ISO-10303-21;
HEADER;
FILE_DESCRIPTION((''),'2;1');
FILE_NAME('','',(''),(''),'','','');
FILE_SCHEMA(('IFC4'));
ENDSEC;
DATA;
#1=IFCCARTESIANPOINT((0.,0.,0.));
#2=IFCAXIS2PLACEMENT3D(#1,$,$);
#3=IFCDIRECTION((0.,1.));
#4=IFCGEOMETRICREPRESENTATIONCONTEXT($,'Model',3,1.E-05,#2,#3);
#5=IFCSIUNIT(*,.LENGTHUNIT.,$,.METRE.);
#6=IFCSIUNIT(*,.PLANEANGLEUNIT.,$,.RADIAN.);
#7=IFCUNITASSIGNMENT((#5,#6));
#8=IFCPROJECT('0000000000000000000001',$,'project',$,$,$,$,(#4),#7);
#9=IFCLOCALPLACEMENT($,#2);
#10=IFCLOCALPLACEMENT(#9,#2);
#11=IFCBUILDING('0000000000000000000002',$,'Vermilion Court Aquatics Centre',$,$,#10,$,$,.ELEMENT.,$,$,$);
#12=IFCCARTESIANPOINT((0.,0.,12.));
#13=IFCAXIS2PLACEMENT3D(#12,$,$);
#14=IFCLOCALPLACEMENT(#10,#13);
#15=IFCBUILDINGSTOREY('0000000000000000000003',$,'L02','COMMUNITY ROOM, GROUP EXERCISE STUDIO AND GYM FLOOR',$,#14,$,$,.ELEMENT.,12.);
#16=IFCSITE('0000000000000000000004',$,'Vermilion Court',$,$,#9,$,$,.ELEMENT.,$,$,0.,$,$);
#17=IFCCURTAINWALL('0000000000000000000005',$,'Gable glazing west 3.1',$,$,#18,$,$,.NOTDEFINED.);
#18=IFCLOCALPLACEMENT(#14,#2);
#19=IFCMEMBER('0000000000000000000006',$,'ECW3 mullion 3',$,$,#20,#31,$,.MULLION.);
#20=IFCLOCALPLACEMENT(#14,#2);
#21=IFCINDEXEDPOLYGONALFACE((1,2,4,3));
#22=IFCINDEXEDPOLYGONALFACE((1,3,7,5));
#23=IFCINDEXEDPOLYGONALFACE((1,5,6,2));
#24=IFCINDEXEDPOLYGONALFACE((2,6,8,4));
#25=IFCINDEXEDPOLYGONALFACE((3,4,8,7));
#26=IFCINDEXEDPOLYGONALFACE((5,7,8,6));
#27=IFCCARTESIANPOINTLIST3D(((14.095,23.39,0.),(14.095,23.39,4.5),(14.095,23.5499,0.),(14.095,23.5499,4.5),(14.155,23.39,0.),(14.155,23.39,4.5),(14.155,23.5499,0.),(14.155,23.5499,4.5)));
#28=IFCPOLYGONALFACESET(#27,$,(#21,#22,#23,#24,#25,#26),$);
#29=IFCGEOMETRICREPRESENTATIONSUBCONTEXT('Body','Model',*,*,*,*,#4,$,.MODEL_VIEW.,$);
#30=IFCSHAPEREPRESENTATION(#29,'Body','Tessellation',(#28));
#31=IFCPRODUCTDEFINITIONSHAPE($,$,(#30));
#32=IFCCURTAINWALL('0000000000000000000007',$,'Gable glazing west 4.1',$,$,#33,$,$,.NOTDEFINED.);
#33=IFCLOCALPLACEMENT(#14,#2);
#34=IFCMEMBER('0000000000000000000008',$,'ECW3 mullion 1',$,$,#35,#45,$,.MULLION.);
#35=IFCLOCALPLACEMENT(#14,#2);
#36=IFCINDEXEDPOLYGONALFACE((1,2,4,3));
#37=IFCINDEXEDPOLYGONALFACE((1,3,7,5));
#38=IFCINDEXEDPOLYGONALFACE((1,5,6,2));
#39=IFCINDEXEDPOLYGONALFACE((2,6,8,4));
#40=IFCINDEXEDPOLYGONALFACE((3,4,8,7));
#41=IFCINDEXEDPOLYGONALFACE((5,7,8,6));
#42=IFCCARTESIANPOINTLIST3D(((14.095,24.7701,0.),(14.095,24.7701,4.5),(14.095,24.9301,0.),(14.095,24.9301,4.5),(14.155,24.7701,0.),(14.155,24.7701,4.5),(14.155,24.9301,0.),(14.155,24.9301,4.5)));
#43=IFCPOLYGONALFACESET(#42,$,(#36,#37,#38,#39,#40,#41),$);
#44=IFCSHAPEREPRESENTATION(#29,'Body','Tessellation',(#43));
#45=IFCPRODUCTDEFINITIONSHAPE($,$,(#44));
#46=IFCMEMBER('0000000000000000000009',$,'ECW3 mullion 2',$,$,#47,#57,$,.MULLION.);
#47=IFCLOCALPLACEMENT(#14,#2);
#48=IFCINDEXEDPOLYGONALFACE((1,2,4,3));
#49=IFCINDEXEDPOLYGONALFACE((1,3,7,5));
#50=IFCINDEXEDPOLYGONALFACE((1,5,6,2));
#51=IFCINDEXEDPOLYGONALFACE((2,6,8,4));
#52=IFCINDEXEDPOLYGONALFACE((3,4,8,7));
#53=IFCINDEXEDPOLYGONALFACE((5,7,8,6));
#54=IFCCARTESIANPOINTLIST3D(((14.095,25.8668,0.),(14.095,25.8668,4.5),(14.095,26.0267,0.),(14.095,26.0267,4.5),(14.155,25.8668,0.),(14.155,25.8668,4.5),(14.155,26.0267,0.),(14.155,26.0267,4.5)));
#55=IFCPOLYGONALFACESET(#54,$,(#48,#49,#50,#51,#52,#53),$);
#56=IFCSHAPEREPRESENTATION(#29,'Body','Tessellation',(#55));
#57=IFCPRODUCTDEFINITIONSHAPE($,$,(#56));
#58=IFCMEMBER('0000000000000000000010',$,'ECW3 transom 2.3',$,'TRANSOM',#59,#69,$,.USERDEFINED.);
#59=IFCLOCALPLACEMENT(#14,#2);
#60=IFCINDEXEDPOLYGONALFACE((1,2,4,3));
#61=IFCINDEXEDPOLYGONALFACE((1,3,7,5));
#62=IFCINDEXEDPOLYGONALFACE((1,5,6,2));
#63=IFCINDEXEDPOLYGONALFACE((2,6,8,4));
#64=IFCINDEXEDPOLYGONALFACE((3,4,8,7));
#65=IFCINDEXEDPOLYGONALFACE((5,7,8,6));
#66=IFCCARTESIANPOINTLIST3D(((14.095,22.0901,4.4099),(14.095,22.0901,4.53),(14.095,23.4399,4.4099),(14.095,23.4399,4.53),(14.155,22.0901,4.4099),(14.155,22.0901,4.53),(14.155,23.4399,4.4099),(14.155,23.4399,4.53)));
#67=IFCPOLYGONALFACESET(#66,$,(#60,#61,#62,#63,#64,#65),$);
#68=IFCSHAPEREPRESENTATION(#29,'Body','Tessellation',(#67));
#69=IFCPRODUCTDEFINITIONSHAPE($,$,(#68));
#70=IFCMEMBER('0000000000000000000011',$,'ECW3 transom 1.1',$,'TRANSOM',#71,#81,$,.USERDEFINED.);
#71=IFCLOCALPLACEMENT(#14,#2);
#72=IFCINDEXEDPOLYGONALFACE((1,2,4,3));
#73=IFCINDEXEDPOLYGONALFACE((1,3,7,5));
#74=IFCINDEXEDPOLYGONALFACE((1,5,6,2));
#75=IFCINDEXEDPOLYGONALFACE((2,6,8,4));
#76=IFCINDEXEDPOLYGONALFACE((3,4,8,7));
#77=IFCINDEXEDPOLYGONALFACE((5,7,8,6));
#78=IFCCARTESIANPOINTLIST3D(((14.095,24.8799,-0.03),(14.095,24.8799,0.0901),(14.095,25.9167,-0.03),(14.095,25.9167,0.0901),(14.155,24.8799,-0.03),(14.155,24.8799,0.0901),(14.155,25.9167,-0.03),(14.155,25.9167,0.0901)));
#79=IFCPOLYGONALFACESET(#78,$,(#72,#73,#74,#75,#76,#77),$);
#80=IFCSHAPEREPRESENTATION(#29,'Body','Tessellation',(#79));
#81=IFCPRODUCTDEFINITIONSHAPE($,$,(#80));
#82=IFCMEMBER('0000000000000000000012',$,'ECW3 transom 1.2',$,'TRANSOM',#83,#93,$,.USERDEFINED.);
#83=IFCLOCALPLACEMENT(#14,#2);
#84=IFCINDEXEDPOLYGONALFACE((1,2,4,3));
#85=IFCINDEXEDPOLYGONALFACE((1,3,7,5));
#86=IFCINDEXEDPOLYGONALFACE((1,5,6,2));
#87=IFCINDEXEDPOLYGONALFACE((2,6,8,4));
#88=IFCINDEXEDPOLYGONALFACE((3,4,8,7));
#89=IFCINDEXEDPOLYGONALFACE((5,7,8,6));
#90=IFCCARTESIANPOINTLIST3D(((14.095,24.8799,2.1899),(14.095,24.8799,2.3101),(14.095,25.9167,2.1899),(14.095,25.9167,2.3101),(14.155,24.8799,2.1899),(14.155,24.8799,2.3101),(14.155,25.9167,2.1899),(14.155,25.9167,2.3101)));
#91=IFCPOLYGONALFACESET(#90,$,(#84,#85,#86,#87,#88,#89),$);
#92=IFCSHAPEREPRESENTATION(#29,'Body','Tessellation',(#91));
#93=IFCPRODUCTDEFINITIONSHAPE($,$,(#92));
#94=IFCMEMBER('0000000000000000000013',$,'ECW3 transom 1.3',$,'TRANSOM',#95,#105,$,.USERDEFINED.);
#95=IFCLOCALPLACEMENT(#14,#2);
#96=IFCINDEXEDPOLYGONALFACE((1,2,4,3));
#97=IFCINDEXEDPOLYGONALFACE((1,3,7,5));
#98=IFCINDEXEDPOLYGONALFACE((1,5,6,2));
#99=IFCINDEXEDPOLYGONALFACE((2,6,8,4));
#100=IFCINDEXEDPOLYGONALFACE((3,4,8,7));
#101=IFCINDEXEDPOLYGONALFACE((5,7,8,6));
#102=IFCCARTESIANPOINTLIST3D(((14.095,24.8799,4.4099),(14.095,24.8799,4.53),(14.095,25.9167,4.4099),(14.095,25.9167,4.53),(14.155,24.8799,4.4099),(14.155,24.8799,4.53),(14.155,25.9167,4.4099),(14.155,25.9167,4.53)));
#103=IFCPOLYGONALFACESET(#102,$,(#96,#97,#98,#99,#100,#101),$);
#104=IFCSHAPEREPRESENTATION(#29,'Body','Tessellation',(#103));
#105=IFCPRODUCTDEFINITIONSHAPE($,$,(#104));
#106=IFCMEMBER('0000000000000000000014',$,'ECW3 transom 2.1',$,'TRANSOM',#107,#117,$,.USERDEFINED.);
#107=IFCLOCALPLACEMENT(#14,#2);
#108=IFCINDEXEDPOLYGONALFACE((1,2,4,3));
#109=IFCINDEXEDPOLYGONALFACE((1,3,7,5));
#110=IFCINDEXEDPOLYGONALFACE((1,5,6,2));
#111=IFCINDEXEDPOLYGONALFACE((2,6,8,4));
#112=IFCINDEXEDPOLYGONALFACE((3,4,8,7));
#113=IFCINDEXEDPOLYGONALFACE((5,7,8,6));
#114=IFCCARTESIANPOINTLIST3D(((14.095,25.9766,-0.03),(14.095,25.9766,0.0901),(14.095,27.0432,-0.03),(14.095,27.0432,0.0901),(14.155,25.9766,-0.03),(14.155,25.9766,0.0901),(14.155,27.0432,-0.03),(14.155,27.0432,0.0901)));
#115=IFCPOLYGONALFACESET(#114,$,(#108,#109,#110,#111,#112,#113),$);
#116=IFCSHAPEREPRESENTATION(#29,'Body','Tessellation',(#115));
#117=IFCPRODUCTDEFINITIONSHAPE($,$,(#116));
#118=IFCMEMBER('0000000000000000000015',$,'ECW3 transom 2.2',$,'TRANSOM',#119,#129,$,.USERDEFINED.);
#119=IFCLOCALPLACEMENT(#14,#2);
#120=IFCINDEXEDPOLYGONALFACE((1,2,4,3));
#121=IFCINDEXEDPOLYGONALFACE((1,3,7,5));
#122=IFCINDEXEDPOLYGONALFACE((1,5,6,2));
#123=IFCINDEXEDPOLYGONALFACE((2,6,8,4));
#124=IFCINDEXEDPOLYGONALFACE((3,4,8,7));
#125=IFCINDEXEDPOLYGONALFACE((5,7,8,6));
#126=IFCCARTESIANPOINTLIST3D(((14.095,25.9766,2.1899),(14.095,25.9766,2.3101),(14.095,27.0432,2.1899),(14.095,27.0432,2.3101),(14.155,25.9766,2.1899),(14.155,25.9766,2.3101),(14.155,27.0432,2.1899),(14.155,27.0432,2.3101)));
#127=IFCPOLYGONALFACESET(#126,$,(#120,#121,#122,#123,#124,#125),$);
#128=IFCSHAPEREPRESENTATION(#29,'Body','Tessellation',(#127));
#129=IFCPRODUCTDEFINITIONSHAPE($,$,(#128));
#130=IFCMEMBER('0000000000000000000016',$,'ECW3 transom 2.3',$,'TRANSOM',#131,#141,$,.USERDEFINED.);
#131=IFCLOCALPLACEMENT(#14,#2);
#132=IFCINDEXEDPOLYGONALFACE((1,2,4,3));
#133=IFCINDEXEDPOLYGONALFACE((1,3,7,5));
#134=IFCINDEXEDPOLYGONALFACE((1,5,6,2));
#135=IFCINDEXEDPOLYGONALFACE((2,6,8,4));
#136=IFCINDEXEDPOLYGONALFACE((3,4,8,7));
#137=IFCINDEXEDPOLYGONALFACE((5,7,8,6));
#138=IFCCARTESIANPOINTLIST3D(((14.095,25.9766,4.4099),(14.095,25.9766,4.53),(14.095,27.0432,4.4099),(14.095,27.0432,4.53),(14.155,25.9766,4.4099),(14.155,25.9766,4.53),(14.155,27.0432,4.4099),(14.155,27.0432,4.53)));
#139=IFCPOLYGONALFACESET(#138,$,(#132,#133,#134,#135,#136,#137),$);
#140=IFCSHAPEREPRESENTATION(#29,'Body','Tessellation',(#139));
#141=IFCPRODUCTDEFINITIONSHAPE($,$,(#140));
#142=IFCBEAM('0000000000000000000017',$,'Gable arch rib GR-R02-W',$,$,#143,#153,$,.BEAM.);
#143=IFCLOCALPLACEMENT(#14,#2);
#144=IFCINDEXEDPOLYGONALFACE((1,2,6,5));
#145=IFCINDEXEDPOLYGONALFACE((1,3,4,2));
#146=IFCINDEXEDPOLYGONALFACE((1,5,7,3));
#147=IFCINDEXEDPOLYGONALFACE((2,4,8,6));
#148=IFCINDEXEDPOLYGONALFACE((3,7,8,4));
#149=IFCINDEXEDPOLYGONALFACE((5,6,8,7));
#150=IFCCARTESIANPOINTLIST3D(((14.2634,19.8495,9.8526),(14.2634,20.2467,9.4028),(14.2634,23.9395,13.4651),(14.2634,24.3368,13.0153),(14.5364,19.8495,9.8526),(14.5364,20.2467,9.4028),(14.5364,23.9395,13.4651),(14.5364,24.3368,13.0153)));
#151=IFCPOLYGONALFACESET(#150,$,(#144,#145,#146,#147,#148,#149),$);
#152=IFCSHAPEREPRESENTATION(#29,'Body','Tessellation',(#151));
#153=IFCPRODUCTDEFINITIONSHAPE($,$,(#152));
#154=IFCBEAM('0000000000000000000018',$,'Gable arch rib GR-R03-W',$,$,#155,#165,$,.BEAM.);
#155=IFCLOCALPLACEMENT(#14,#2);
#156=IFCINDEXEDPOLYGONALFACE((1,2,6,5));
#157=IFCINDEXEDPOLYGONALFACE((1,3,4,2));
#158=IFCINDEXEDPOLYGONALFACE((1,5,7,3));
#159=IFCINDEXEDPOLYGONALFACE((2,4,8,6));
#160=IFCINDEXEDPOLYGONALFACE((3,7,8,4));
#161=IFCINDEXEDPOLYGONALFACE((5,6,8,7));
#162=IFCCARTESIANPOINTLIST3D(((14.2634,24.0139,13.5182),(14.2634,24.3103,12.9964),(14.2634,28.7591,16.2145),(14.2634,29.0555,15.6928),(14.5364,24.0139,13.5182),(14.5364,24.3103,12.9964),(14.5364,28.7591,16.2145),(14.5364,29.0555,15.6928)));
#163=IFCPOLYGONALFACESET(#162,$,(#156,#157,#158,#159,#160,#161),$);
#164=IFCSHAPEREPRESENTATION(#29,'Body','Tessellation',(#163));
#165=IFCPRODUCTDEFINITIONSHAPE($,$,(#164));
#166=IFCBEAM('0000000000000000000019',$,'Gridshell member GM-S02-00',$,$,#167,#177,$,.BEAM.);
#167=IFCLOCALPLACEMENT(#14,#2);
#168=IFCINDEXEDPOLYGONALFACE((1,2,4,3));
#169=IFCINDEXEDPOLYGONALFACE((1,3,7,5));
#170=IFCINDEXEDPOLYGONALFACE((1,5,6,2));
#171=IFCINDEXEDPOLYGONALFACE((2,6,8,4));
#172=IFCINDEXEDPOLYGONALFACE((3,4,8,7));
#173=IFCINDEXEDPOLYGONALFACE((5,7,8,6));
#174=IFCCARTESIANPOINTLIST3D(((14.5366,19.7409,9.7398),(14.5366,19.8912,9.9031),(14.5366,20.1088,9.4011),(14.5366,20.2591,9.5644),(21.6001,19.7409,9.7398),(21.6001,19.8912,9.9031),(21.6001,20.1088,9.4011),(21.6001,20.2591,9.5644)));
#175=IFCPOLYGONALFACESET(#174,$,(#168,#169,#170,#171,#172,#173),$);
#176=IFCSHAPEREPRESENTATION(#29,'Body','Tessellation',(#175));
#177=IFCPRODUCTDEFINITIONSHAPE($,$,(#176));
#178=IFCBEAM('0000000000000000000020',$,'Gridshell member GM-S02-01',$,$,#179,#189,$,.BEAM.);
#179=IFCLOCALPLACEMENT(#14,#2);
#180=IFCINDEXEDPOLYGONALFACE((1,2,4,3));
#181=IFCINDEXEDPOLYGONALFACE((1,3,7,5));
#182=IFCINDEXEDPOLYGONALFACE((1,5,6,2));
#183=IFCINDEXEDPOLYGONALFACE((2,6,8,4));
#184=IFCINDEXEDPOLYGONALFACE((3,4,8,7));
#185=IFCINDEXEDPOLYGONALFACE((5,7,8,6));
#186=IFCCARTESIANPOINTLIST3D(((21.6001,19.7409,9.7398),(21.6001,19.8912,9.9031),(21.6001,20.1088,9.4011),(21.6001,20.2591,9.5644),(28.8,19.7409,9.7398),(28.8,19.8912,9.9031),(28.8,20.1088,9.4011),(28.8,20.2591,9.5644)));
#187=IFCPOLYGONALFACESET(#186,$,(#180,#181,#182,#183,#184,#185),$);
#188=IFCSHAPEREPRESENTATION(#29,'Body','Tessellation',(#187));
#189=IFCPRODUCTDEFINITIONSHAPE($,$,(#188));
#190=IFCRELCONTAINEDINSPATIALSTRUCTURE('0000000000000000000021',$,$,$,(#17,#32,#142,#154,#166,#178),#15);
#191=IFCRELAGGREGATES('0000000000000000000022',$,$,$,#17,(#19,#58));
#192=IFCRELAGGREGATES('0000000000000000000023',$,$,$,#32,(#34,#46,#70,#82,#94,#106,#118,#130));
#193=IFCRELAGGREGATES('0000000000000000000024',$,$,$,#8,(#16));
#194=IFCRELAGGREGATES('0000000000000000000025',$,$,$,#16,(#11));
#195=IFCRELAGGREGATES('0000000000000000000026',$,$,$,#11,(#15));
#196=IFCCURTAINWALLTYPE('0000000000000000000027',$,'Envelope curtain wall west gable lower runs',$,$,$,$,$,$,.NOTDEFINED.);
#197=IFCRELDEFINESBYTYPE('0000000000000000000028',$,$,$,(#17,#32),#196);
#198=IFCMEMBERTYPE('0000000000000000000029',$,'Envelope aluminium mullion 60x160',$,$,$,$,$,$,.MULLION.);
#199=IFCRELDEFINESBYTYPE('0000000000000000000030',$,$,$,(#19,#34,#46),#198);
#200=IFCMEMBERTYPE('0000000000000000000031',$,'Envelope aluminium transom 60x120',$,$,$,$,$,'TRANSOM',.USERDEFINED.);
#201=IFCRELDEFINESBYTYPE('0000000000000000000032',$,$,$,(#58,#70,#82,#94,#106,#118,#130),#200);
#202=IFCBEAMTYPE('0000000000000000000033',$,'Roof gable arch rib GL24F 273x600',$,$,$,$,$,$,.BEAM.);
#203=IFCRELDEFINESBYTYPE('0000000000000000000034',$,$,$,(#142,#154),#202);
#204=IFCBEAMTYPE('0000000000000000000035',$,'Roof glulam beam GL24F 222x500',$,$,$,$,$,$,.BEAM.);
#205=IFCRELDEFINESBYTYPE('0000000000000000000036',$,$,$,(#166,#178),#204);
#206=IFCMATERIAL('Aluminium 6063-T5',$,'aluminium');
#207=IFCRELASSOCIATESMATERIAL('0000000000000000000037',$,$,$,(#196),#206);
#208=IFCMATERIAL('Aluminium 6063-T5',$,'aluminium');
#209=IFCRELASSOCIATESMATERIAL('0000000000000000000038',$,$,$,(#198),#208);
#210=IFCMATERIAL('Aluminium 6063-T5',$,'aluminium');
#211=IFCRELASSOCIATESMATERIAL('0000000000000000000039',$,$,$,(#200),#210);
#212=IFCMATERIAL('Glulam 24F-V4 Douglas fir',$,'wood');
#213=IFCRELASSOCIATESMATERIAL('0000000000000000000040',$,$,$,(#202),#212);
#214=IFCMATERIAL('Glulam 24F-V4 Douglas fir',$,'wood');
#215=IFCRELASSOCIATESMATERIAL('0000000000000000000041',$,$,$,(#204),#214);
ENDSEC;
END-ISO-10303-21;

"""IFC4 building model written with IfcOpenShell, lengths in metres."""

from ifc_helpers import new_model, si_unit, direction, frame, origin, origin_2d, place, context, subcontext, project, spatial, rectangle, extrude, material, material_profile, profile_set, type_object, element, aggregate, save


model = new_model("IFC4")

# Units and contexts
model_context = context("Model", 3, precision=1e-05, world=origin(), true_north=direction((0.0, 1.0)))
body_context = subcontext(model_context, "Body", "Model", "MODEL_VIEW")
ifc_project = project(units=[si_unit("LENGTHUNIT", "METRE"), si_unit("PLANEANGLEUNIT", "RADIAN")], contexts=[model_context])

# Site, building, storey
site_placement = place(None, origin())
site = spatial("IfcSite", under=ifc_project, at=site_placement, Name="Vermilion Court", CompositionType="ELEMENT", RefElevation=0.0)
building_placement = place(site_placement, origin())
building = spatial("IfcBuilding", under=site, at=building_placement, Name="Vermilion Court Aquatics Centre", CompositionType="ELEMENT")
storey_placement = place(building_placement, frame((0.0, 0.0, 12.0)))
storey = spatial("IfcBuildingStorey", under=building, at=storey_placement, Name="L02", Description="COMMUNITY ROOM, GROUP EXERCISE STUDIO AND GYM FLOOR", CompositionType="ELEMENT", Elevation=12.0)

# Curtain wall, member
ifc_material_1 = material(Name="Aluminium 6063-T5", Category="aluminium")
curtain_wall_type = type_object("IfcCurtainWallType", Name="Envelope curtain wall west gable lower runs", PredefinedType="NOTDEFINED", material=ifc_material_1)
curtain_wall_1_placement = place(storey_placement, origin())
curtain_wall_1 = element("IfcCurtainWall", 1, at=curtain_wall_1_placement, inside=storey, type_object=curtain_wall_type, Name="Gable glazing west 3.1", PredefinedType="NOTDEFINED")
ifc_material_2 = material(Name="Aluminium 6063-T5", Category="aluminium")
ifc_material_profile_1 = material_profile(ifc_material_2, rectangle(XDim=0.0601, YDim=0.1599, at=origin_2d()), Name="AL 60x160")
ifc_profile_set_1 = profile_set([ifc_material_profile_1], Name="Aluminium 6063-T5")
member_type_1 = type_object("IfcMemberType", Name="Envelope aluminium mullion 60x160", PredefinedType="MULLION", material=ifc_profile_set_1)
member_1_placement = place(storey_placement, frame((14.125, 23.47, 0.0), z_axis=(0.0, 0.0, 1.0), x_axis=(-1.0, 0.0, 0.0)))
member_1 = element("IfcMember", 2, at=member_1_placement, type_object=member_type_1, Name="ECW3 mullion 3", PredefinedType="MULLION", context=body_context, shape_type="SweptSolid", body=[
    extrude(rectangle(XDim=0.0601, YDim=0.1599, at=origin_2d()), origin(), (0.0, 0.0, 1.0), 4.5),
])

# Curtain wall, members
curtain_wall_2_placement = place(storey_placement, origin())
curtain_wall_2 = element("IfcCurtainWall", 3, at=curtain_wall_2_placement, inside=storey, type_object=curtain_wall_type, Name="Gable glazing west 4.1", PredefinedType="NOTDEFINED")
member_2_placement = place(storey_placement, frame((14.125, 24.8501, 0.0), z_axis=(0.0, 0.0, 1.0), x_axis=(-1.0, 0.0, 0.0)))
member_2 = element("IfcMember", 4, at=member_2_placement, type_object=member_type_1, Name="ECW3 mullion 1", PredefinedType="MULLION", context=body_context, shape_type="SweptSolid", body=[
    extrude(rectangle(XDim=0.0601, YDim=0.1599, at=origin_2d()), origin(), (0.0, 0.0, 1.0), 4.5),
])
member_3_placement = place(storey_placement, frame((14.125, 25.9468, 0.0), z_axis=(0.0, 0.0, 1.0), x_axis=(-1.0, 0.0, 0.0)))
member_3 = element("IfcMember", 5, at=member_3_placement, type_object=member_type_1, Name="ECW3 mullion 2", PredefinedType="MULLION", context=body_context, shape_type="SweptSolid", body=[
    extrude(rectangle(XDim=0.0601, YDim=0.1599, at=origin_2d()), origin(), (0.0, 0.0, 1.0), 4.5),
])

# Members
ifc_material_3 = material(Name="Aluminium 6063-T5", Category="aluminium")
ifc_material_profile_2 = material_profile(ifc_material_3, rectangle(XDim=0.0601, YDim=0.1201, at=origin_2d()), Name="AL 60x120")
ifc_profile_set_2 = profile_set([ifc_material_profile_2], Name="Aluminium 6063-T5")
member_type_2 = type_object("IfcMemberType", Name="Envelope aluminium transom 60x120", ElementType="TRANSOM", PredefinedType="USERDEFINED", material=ifc_profile_set_2)
member_4_placement = place(storey_placement, frame((14.125, 22.0901, 4.47), z_axis=(0.0, 1.0, 0.0), x_axis=(-1.0, 0.0, 0.0)))
member_4 = element("IfcMember", 6, at=member_4_placement, type_object=member_type_2, Name="ECW3 transom 2.3", ObjectType="TRANSOM", PredefinedType="USERDEFINED", context=body_context, shape_type="SweptSolid", body=[
    extrude(rectangle(XDim=0.0601, YDim=0.1201, at=origin_2d()), origin(), (0.0, 0.0, 1.0), 1.3499),
])
member_5_placement = place(storey_placement, frame((14.125, 24.8799, 0.03), z_axis=(0.0, 1.0, 0.0), x_axis=(-1.0, 0.0, 0.0)))
member_5 = element("IfcMember", 7, at=member_5_placement, type_object=member_type_2, Name="ECW3 transom 1.1", ObjectType="TRANSOM", PredefinedType="USERDEFINED", context=body_context, shape_type="SweptSolid", body=[
    extrude(rectangle(XDim=0.0601, YDim=0.1201, at=origin_2d()), origin(), (0.0, 0.0, 1.0), 1.0369),
])
member_6_placement = place(storey_placement, frame((14.125, 24.8799, 2.25), z_axis=(0.0, 1.0, 0.0), x_axis=(-1.0, 0.0, 0.0)))
member_6 = element("IfcMember", 8, at=member_6_placement, type_object=member_type_2, Name="ECW3 transom 1.2", ObjectType="TRANSOM", PredefinedType="USERDEFINED", context=body_context, shape_type="SweptSolid", body=[
    extrude(rectangle(XDim=0.0601, YDim=0.1201, at=origin_2d()), origin(), (0.0, 0.0, 1.0), 1.0369),
])
member_7_placement = place(storey_placement, frame((14.125, 24.8799, 4.47), z_axis=(0.0, 1.0, 0.0), x_axis=(-1.0, 0.0, 0.0)))
member_7 = element("IfcMember", 9, at=member_7_placement, type_object=member_type_2, Name="ECW3 transom 1.3", ObjectType="TRANSOM", PredefinedType="USERDEFINED", context=body_context, shape_type="SweptSolid", body=[
    extrude(rectangle(XDim=0.0601, YDim=0.1201, at=origin_2d()), origin(), (0.0, 0.0, 1.0), 1.0369),
])
member_8_placement = place(storey_placement, frame((14.125, 25.9766, 0.03), z_axis=(0.0, 1.0, 0.0), x_axis=(-1.0, 0.0, 0.0)))
member_8 = element("IfcMember", 10, at=member_8_placement, type_object=member_type_2, Name="ECW3 transom 2.1", ObjectType="TRANSOM", PredefinedType="USERDEFINED", context=body_context, shape_type="SweptSolid", body=[
    extrude(rectangle(XDim=0.0601, YDim=0.1201, at=origin_2d()), origin(), (0.0, 0.0, 1.0), 1.0667),
])
member_9_placement = place(storey_placement, frame((14.125, 25.9766, 2.25), z_axis=(0.0, 1.0, 0.0), x_axis=(-1.0, 0.0, 0.0)))
member_9 = element("IfcMember", 11, at=member_9_placement, type_object=member_type_2, Name="ECW3 transom 2.2", ObjectType="TRANSOM", PredefinedType="USERDEFINED", context=body_context, shape_type="SweptSolid", body=[
    extrude(rectangle(XDim=0.0601, YDim=0.1201, at=origin_2d()), origin(), (0.0, 0.0, 1.0), 1.0667),
])
member_10_placement = place(storey_placement, frame((14.125, 25.9766, 4.47), z_axis=(0.0, 1.0, 0.0), x_axis=(-1.0, 0.0, 0.0)))
member_10 = element("IfcMember", 12, at=member_10_placement, type_object=member_type_2, Name="ECW3 transom 2.3", ObjectType="TRANSOM", PredefinedType="USERDEFINED", context=body_context, shape_type="SweptSolid", body=[
    extrude(rectangle(XDim=0.0601, YDim=0.1201, at=origin_2d()), origin(), (0.0, 0.0, 1.0), 1.0667),
])

# Beams
ifc_material_4 = material(Name="Glulam 24F-V4 Douglas fir", Category="wood")
ifc_material_profile_3 = material_profile(ifc_material_4, rectangle(XDim=0.2729, YDim=0.6001, at=origin_2d()), Name="GL24F 273x600")
ifc_profile_set_3 = profile_set([ifc_material_profile_3], Name="Glulam 24F-V4 Douglas fir")
beam_type_1 = type_object("IfcBeamType", Name="Roof gable arch rib GL24F 273x600", PredefinedType="BEAM", material=ifc_profile_set_3)
beam_1_placement = place(storey_placement, frame((14.3999, 20.0481, 9.6277), z_axis=(0.0, 0.749506, 0.661997), x_axis=(-1.0, 0.0, 0.0)))
element("IfcBeam", 13, at=beam_1_placement, inside=storey, type_object=beam_type_1, Name="Gable arch rib GR-R02-W", PredefinedType="BEAM", context=body_context, shape_type="SweptSolid", body=[
    extrude(rectangle(XDim=0.2729, YDim=0.6001, at=origin_2d()), origin(), (0.0, 0.0, 1.0), 5.457),
])
beam_2_placement = place(storey_placement, frame((14.3999, 24.1621, 13.2573), z_axis=(0.0, 0.869441, 0.494037), x_axis=(-1.0, 0.0, 0.0)))
element("IfcBeam", 14, at=beam_2_placement, inside=storey, type_object=beam_type_1, Name="Gable arch rib GR-R03-W", PredefinedType="BEAM", context=body_context, shape_type="SweptSolid", body=[
    extrude(rectangle(XDim=0.2729, YDim=0.6001, at=origin_2d()), origin(), (0.0, 0.0, 1.0), 5.4578),
])
ifc_material_5 = material(Name="Glulam 24F-V4 Douglas fir", Category="wood")
ifc_material_profile_4 = material_profile(ifc_material_5, rectangle(XDim=0.2219, YDim=0.5, at=origin_2d()), Name="GL24F 222x500")
ifc_profile_set_4 = profile_set([ifc_material_profile_4], Name="Glulam 24F-V4 Douglas fir")
beam_type_2 = type_object("IfcBeamType", Name="Roof glulam beam GL24F 222x500", PredefinedType="BEAM", material=ifc_profile_set_4)
beam_3_placement = place(storey_placement, frame((14.5366, 20.0, 9.6521), z_axis=(1.0, 0.0, 0.0), x_axis=(0.0, 0.67726, 0.735744)))
element("IfcBeam", 15, at=beam_3_placement, inside=storey, type_object=beam_type_2, Name="Gridshell member GM-S02-00", PredefinedType="BEAM", context=body_context, shape_type="SweptSolid", body=[
    extrude(rectangle(XDim=0.2219, YDim=0.5, at=origin_2d()), origin(), (0.0, 0.0, 1.0), 7.0635),
])
for number, where, z_axis, x_axis, name in (
    (16, (21.6001, 20.0, 9.6521), (1.0, 0.0, 0.0), (0.0, 0.67726, 0.735744), "Gridshell member GM-S02-01"),
):
    element("IfcBeam", number, at=place(storey_placement, frame(where, z_axis=z_axis, x_axis=x_axis)), inside=storey, type_object=beam_type_2, Name=name, PredefinedType="BEAM", context=body_context, shape_type="SweptSolid", body=[
        extrude(rectangle(XDim=0.2219, YDim=0.5, at=origin_2d()), origin(), (0.0, 0.0, 1.0), 7.2),
    ])

aggregate(curtain_wall_1, [member_1, member_4])
aggregate(curtain_wall_2, [member_2, member_3, member_5, member_6, member_7, member_8, member_9, member_10])

save(model, "model.ifc")
